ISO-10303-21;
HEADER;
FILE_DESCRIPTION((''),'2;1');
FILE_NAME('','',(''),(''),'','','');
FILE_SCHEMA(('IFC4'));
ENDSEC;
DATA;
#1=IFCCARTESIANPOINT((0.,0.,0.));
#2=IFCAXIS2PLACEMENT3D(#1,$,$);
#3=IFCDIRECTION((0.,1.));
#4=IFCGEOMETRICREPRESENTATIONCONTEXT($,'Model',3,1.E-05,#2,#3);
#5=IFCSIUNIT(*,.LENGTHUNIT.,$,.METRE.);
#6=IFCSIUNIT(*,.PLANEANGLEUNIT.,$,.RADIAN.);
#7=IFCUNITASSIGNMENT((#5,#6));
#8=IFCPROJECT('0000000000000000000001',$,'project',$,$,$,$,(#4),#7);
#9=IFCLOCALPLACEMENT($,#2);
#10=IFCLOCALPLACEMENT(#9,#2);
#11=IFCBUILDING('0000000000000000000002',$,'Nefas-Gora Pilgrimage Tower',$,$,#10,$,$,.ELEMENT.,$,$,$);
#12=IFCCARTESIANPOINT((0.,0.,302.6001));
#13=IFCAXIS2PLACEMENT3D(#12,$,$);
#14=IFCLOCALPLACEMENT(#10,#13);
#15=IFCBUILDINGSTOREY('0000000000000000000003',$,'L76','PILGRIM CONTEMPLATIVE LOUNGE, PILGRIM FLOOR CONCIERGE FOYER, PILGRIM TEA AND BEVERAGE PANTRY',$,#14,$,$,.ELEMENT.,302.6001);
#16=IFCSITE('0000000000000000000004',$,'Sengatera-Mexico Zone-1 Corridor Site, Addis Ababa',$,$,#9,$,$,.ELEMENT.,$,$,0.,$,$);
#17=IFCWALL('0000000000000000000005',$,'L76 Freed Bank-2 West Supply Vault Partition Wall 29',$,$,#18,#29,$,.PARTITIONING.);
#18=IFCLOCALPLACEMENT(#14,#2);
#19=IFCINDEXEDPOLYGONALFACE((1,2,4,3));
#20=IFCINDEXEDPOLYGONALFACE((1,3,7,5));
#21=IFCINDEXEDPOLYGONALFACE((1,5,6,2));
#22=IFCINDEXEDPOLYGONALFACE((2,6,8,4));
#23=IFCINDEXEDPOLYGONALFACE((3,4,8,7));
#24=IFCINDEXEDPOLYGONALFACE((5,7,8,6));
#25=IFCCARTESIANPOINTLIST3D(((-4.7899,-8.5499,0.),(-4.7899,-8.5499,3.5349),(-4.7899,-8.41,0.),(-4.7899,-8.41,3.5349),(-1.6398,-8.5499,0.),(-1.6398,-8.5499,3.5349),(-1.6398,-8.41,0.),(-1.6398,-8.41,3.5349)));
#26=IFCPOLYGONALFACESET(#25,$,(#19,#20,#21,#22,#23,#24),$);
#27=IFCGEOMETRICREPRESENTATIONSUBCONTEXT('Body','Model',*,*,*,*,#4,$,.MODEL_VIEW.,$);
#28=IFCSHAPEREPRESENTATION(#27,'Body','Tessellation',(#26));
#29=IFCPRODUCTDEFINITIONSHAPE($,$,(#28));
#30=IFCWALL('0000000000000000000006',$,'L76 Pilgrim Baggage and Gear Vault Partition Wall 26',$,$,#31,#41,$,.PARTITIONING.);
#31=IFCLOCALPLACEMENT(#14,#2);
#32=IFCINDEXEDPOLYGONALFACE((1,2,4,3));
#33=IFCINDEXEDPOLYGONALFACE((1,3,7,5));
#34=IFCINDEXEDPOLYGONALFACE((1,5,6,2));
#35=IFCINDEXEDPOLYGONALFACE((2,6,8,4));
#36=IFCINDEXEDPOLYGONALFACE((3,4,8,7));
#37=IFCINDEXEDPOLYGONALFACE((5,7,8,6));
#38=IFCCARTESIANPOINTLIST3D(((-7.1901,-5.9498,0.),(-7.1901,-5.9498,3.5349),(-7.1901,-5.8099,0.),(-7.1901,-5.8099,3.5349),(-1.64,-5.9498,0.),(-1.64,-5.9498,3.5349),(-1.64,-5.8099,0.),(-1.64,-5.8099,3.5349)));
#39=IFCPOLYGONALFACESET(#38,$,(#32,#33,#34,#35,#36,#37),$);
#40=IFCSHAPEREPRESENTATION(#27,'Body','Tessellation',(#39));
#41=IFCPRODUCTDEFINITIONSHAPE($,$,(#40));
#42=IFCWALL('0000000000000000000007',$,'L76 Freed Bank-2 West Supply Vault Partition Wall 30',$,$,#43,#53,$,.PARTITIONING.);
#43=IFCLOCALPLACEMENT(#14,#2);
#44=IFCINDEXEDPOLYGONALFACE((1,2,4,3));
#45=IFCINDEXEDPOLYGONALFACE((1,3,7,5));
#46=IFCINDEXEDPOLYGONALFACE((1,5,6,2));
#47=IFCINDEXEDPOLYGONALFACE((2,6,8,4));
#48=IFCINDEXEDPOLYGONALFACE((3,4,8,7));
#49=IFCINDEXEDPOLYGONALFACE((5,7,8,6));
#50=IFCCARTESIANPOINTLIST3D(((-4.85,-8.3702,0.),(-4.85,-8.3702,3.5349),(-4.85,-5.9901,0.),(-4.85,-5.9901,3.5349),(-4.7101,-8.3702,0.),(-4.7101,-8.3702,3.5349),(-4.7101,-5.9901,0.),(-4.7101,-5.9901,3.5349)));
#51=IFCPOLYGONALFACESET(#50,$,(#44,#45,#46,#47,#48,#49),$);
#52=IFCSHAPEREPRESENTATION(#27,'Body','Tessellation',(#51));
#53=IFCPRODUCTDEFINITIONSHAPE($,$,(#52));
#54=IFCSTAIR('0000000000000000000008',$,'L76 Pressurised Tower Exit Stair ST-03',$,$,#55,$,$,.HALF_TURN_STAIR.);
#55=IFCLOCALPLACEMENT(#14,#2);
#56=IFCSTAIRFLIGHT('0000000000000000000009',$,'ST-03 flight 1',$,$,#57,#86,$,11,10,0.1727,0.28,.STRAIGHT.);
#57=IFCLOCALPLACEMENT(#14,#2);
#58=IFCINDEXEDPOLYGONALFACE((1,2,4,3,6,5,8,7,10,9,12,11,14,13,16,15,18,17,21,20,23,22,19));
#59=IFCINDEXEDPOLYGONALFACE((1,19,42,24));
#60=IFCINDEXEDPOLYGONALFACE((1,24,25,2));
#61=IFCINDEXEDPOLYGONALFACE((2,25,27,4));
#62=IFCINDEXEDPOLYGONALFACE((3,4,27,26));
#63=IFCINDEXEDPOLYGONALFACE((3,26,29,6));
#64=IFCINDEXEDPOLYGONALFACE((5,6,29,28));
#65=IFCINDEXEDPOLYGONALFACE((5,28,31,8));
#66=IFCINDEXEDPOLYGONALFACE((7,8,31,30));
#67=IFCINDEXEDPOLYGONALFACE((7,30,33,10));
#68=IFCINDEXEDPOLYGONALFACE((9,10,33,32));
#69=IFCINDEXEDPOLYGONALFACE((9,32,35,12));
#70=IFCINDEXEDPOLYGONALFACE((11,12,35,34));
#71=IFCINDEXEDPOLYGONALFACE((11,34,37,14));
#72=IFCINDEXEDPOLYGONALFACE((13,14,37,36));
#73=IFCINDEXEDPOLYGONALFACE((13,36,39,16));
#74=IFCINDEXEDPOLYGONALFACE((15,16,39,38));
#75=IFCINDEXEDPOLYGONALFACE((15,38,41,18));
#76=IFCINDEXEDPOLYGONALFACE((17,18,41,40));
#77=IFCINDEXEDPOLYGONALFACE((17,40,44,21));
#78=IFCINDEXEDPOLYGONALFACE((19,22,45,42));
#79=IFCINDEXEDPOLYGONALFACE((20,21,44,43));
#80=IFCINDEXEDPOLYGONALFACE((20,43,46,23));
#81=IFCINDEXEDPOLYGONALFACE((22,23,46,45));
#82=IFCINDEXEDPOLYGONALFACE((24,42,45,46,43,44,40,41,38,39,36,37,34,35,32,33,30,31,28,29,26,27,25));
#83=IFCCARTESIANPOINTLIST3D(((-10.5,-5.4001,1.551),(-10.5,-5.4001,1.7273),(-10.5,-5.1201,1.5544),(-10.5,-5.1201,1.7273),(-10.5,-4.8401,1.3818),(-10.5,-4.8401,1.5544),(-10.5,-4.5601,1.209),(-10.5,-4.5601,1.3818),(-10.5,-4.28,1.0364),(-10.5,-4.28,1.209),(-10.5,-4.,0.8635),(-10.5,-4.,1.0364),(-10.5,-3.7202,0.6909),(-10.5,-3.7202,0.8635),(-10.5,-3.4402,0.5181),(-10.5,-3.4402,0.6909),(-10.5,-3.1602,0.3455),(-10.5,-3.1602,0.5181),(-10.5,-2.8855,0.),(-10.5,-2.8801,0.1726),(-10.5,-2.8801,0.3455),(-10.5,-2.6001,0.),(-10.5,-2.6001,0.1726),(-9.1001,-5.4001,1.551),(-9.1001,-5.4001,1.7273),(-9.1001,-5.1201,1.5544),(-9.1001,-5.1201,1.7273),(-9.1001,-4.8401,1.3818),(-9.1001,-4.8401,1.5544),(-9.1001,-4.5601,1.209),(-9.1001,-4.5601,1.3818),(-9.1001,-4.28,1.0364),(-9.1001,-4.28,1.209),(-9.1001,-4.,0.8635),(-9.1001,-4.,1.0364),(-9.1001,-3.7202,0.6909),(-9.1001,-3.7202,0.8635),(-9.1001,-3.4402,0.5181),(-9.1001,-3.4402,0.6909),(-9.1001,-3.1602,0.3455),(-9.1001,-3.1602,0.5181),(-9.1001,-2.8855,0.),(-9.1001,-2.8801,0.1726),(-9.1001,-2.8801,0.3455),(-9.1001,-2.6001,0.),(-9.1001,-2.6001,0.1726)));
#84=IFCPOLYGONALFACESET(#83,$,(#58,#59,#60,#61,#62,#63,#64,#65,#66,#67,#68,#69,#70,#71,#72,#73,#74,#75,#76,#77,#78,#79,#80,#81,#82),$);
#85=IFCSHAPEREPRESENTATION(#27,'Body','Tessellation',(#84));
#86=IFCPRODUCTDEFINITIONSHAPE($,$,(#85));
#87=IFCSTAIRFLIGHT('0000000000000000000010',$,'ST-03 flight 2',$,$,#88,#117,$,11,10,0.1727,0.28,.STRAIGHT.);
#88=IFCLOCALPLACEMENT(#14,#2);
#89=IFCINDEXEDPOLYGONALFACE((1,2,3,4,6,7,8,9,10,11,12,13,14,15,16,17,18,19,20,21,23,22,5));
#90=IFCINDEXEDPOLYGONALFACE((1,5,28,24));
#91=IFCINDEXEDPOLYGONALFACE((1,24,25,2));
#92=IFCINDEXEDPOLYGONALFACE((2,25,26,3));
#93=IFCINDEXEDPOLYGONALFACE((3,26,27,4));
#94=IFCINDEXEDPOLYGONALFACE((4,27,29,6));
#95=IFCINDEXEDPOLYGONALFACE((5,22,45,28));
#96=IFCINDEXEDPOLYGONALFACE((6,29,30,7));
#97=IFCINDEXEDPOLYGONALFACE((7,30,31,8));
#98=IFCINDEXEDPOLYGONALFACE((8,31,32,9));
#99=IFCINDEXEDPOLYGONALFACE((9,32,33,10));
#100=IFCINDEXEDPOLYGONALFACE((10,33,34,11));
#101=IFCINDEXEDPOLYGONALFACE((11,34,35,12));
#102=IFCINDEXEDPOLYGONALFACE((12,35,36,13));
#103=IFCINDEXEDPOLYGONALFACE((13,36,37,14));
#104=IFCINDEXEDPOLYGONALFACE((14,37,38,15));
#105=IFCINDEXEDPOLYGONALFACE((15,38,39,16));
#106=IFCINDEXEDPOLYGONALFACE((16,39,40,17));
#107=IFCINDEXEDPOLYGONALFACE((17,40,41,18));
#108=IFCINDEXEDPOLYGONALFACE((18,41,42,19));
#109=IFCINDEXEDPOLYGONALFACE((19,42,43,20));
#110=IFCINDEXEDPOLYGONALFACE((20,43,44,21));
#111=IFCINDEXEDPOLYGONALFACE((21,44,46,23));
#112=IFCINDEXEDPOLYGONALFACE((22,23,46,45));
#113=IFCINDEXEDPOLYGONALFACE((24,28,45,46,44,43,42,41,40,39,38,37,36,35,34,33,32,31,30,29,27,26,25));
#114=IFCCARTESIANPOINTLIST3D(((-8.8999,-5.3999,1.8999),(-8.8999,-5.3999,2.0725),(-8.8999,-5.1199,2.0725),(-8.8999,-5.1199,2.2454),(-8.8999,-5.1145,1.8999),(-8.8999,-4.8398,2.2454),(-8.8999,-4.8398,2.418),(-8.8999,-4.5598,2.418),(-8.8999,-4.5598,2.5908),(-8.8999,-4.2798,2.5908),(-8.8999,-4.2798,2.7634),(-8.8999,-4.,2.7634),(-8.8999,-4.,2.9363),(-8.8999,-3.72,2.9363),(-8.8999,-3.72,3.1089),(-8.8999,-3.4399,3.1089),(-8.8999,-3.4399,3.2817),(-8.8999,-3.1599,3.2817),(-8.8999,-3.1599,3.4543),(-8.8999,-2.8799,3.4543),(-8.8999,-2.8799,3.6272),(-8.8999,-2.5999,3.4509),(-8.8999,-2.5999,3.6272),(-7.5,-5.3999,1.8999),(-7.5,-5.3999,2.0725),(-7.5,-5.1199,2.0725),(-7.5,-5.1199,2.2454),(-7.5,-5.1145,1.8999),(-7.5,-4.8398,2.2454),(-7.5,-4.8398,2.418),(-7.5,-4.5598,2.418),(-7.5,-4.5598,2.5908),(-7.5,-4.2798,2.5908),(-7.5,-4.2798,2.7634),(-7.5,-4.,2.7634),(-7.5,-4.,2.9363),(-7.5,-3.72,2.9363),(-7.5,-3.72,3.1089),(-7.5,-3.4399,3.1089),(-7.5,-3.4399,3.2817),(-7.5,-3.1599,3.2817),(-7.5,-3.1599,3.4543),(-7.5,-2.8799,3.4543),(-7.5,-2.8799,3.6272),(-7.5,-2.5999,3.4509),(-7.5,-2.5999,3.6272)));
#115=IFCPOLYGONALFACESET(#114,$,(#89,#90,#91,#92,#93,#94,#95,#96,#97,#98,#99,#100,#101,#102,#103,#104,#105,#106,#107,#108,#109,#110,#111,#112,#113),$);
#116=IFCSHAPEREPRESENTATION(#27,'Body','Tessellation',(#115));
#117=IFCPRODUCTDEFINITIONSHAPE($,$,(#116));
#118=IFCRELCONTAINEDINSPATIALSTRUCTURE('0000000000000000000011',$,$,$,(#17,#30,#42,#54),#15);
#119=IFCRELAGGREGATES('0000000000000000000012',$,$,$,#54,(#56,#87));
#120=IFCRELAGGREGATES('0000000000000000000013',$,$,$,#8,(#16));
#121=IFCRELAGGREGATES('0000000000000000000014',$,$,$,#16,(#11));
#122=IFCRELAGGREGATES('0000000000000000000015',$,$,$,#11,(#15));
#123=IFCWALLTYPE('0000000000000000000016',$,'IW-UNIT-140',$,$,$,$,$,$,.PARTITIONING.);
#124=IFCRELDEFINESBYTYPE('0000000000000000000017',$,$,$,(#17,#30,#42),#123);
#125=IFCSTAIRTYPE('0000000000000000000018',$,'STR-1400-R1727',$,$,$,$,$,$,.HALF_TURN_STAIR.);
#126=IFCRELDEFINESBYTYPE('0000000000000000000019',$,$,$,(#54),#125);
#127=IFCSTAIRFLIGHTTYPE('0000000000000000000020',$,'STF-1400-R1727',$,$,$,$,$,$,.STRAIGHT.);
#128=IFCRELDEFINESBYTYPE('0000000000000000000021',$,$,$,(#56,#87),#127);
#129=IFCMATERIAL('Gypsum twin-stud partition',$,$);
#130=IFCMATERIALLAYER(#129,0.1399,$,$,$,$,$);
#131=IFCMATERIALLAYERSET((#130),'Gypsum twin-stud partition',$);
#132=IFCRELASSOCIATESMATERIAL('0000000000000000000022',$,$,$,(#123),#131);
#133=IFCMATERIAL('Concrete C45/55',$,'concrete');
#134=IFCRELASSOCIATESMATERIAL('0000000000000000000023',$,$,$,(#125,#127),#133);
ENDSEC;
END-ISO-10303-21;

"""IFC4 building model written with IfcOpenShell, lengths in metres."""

from ifc_helpers import new_model, si_unit, direction, frame, frame_2d, origin, place, context, subcontext, project, spatial, polyline, rectangle, outline, extrude, source, transform, mapped, material, layer, layer_set, type_object, element, aggregate, save


model = new_model("IFC4")

# Units and contexts
model_context = context("Model", 3, precision=1e-05, world=origin(), true_north=direction((0.0, 1.0)))
body_context = subcontext(model_context, "Body", "Model", "MODEL_VIEW")
ifc_project = project(units=[si_unit("LENGTHUNIT", "METRE"), si_unit("PLANEANGLEUNIT", "RADIAN")], contexts=[model_context])

# Site, building, storey
site_placement = place(None, origin())
site = spatial("IfcSite", under=ifc_project, at=site_placement, Name="Sengatera-Mexico Zone-1 Corridor Site, Addis Ababa", CompositionType="ELEMENT", RefElevation=0.0)
building_placement = place(site_placement, origin())
building = spatial("IfcBuilding", under=site, at=building_placement, Name="Nefas-Gora Pilgrimage Tower", CompositionType="ELEMENT")
storey_placement = place(building_placement, frame((0.0, 0.0, 302.6001)))
storey = spatial("IfcBuildingStorey", under=building, at=storey_placement, Name="L76", Description="PILGRIM CONTEMPLATIVE LOUNGE, PILGRIM FLOOR CONCIERGE FOYER, PILGRIM TEA AND BEVERAGE PANTRY", CompositionType="ELEMENT", Elevation=302.6001)

# Shared definitions
ifc_material_1 = material(Name="Concrete C45/55", Category="concrete")

# Walls
ifc_material_2 = material(Name="Gypsum twin-stud partition")
ifc_layer_1 = layer(ifc_material_2, 0.1399)
ifc_layer_set_1 = layer_set([ifc_layer_1], Name="Gypsum twin-stud partition")
wall_type_1 = type_object("IfcWallType", Name="IW-UNIT-140", PredefinedType="PARTITIONING", material=ifc_layer_set_1)
shared_shape_1 = source(origin(), body_context, "Body", "SweptSolid", [
    extrude(rectangle(XDim=3.1501, YDim=0.1399, at=frame_2d((1.5752, 0.0))), origin(), (0.0, 0.0, 1.0), 3.5349),
])
wall_1_placement = place(storey_placement, frame((-4.79, -8.48, 0.0), z_axis=(0.0, 0.0, 1.0), x_axis=(1.0, 0.0, 0.0)))
element("IfcWall", 1, at=wall_1_placement, inside=storey, type_object=wall_type_1, Name="L76 Freed Bank-2 West Supply Vault Partition Wall 29", PredefinedType="PARTITIONING", context=body_context, shape_type="MappedRepresentation", body=[
    mapped(shared_shape_1, transform((0.0, 0.0, 0.0), x_axis=(1.0, 0.0, 0.0), y_axis=(0.0, 1.0, 0.0), z_axis=(0.0, 0.0, 1.0), scale=1.0)),
])
shared_shape_2 = source(origin(), body_context, "Body", "SweptSolid", [
    extrude(rectangle(XDim=5.55, YDim=0.1399, at=frame_2d((2.7749, 0.0))), origin(), (0.0, 0.0, 1.0), 3.5349),
])
wall_2_placement = place(storey_placement, frame((-7.1899, -5.8799, 0.0), z_axis=(0.0, 0.0, 1.0), x_axis=(1.0, 0.0, 0.0)))
element("IfcWall", 2, at=wall_2_placement, inside=storey, type_object=wall_type_1, Name="L76 Pilgrim Baggage and Gear Vault Partition Wall 26", PredefinedType="PARTITIONING", context=body_context, shape_type="MappedRepresentation", body=[
    mapped(shared_shape_2, transform((0.0, 0.0, 0.0), x_axis=(1.0, 0.0, 0.0), y_axis=(0.0, 1.0, 0.0), z_axis=(0.0, 0.0, 1.0), scale=1.0)),
])
shared_shape_3 = source(origin(), body_context, "Body", "SweptSolid", [
    extrude(rectangle(XDim=2.3801, YDim=0.1399, at=frame_2d((1.1899, 0.0))), origin(), (0.0, 0.0, 1.0), 3.5349),
])
wall_3_placement = place(storey_placement, frame((-4.78, -8.3701, 0.0), z_axis=(0.0, 0.0, 1.0), x_axis=(0.0, 1.0, 0.0)))
element("IfcWall", 3, at=wall_3_placement, inside=storey, type_object=wall_type_1, Name="L76 Freed Bank-2 West Supply Vault Partition Wall 30", PredefinedType="PARTITIONING", context=body_context, shape_type="MappedRepresentation", body=[
    mapped(shared_shape_3, transform((0.0, 0.0, 0.0), x_axis=(1.0, 0.0, 0.0), y_axis=(0.0, 1.0, 0.0), z_axis=(0.0, 0.0, 1.0), scale=1.0)),
])

# Stair, stair flights
stair_type = type_object("IfcStairType", Name="STR-1400-R1727", PredefinedType="HALF_TURN_STAIR", material=ifc_material_1)
stair_placement = place(storey_placement, origin())
stair = element("IfcStair", 4, at=stair_placement, inside=storey, type_object=stair_type, Name="L76 Pressurised Tower Exit Stair ST-03", PredefinedType="HALF_TURN_STAIR")
stair_flight_type = type_object("IfcStairFlightType", Name="STF-1400-R1727", PredefinedType="STRAIGHT", material=ifc_material_1)
shared_shape_4 = source(origin(), body_context, "Body", "SweptSolid", [
    extrude(outline(polyline([(0.0, 0.0), (0.0, 0.1726), (0.28, 0.1726), (0.28, 0.3455), (0.5601, 0.3455), (0.5601, 0.5181), (0.8401, 0.5181), (0.8401, 0.6909), (1.1201, 0.6909), (1.1201, 0.8635), (1.3999, 0.8635), (1.3999, 1.0364), (1.6799, 1.0364), (1.6799, 1.209), (1.96, 1.209), (1.96, 1.3818), (2.24, 1.3818), (2.24, 1.5544), (2.52, 1.5544), (2.52, 1.7273), (2.8, 1.7273), (2.8, 1.8999), (2.8, 1.551), (0.2854, 0.0), (0.0, 0.0)])), frame((0.0, 0.7, 0.0), z_axis=(0.0, -1.0, 0.0), x_axis=(1.0, 0.0, 0.0)), (0.0, 0.0, 1.0), 1.3999),
])
stair_flight_1_placement = place(storey_placement, frame((-9.8, -2.6001, 0.0), z_axis=(0.0, 0.0, 1.0), x_axis=(0.0, -1.0, 0.0)))
stair_flight_1 = element("IfcStairFlight", 5, at=stair_flight_1_placement, type_object=stair_flight_type, Name="ST-03 flight 1", NumberOfRisers=11, NumberOfTreads=10, PredefinedType="STRAIGHT", RiserHeight=0.1727, TreadLength=0.28, context=body_context, shape_type="MappedRepresentation", body=[
    mapped(shared_shape_4, transform((0.0, 0.0, 0.0), x_axis=(1.0, 0.0, 0.0), y_axis=(0.0, 1.0, 0.0), z_axis=(0.0, 0.0, 1.0), scale=1.0)),
])
stair_flight_2_placement = place(storey_placement, frame((-8.2, -5.3999, 1.8999), z_axis=(0.0, 0.0, 1.0), x_axis=(0.0, 1.0, 0.0)))
stair_flight_2 = element("IfcStairFlight", 6, at=stair_flight_2_placement, type_object=stair_flight_type, Name="ST-03 flight 2", NumberOfRisers=11, NumberOfTreads=10, PredefinedType="STRAIGHT", RiserHeight=0.1727, TreadLength=0.28, context=body_context, shape_type="MappedRepresentation", body=[
    mapped(shared_shape_4, transform((0.0, 0.0, 0.0), x_axis=(1.0, 0.0, 0.0), y_axis=(0.0, 1.0, 0.0), z_axis=(0.0, 0.0, 1.0), scale=1.0)),
])
aggregate(stair, [stair_flight_1, stair_flight_2])

save(model, "model.ifc")
